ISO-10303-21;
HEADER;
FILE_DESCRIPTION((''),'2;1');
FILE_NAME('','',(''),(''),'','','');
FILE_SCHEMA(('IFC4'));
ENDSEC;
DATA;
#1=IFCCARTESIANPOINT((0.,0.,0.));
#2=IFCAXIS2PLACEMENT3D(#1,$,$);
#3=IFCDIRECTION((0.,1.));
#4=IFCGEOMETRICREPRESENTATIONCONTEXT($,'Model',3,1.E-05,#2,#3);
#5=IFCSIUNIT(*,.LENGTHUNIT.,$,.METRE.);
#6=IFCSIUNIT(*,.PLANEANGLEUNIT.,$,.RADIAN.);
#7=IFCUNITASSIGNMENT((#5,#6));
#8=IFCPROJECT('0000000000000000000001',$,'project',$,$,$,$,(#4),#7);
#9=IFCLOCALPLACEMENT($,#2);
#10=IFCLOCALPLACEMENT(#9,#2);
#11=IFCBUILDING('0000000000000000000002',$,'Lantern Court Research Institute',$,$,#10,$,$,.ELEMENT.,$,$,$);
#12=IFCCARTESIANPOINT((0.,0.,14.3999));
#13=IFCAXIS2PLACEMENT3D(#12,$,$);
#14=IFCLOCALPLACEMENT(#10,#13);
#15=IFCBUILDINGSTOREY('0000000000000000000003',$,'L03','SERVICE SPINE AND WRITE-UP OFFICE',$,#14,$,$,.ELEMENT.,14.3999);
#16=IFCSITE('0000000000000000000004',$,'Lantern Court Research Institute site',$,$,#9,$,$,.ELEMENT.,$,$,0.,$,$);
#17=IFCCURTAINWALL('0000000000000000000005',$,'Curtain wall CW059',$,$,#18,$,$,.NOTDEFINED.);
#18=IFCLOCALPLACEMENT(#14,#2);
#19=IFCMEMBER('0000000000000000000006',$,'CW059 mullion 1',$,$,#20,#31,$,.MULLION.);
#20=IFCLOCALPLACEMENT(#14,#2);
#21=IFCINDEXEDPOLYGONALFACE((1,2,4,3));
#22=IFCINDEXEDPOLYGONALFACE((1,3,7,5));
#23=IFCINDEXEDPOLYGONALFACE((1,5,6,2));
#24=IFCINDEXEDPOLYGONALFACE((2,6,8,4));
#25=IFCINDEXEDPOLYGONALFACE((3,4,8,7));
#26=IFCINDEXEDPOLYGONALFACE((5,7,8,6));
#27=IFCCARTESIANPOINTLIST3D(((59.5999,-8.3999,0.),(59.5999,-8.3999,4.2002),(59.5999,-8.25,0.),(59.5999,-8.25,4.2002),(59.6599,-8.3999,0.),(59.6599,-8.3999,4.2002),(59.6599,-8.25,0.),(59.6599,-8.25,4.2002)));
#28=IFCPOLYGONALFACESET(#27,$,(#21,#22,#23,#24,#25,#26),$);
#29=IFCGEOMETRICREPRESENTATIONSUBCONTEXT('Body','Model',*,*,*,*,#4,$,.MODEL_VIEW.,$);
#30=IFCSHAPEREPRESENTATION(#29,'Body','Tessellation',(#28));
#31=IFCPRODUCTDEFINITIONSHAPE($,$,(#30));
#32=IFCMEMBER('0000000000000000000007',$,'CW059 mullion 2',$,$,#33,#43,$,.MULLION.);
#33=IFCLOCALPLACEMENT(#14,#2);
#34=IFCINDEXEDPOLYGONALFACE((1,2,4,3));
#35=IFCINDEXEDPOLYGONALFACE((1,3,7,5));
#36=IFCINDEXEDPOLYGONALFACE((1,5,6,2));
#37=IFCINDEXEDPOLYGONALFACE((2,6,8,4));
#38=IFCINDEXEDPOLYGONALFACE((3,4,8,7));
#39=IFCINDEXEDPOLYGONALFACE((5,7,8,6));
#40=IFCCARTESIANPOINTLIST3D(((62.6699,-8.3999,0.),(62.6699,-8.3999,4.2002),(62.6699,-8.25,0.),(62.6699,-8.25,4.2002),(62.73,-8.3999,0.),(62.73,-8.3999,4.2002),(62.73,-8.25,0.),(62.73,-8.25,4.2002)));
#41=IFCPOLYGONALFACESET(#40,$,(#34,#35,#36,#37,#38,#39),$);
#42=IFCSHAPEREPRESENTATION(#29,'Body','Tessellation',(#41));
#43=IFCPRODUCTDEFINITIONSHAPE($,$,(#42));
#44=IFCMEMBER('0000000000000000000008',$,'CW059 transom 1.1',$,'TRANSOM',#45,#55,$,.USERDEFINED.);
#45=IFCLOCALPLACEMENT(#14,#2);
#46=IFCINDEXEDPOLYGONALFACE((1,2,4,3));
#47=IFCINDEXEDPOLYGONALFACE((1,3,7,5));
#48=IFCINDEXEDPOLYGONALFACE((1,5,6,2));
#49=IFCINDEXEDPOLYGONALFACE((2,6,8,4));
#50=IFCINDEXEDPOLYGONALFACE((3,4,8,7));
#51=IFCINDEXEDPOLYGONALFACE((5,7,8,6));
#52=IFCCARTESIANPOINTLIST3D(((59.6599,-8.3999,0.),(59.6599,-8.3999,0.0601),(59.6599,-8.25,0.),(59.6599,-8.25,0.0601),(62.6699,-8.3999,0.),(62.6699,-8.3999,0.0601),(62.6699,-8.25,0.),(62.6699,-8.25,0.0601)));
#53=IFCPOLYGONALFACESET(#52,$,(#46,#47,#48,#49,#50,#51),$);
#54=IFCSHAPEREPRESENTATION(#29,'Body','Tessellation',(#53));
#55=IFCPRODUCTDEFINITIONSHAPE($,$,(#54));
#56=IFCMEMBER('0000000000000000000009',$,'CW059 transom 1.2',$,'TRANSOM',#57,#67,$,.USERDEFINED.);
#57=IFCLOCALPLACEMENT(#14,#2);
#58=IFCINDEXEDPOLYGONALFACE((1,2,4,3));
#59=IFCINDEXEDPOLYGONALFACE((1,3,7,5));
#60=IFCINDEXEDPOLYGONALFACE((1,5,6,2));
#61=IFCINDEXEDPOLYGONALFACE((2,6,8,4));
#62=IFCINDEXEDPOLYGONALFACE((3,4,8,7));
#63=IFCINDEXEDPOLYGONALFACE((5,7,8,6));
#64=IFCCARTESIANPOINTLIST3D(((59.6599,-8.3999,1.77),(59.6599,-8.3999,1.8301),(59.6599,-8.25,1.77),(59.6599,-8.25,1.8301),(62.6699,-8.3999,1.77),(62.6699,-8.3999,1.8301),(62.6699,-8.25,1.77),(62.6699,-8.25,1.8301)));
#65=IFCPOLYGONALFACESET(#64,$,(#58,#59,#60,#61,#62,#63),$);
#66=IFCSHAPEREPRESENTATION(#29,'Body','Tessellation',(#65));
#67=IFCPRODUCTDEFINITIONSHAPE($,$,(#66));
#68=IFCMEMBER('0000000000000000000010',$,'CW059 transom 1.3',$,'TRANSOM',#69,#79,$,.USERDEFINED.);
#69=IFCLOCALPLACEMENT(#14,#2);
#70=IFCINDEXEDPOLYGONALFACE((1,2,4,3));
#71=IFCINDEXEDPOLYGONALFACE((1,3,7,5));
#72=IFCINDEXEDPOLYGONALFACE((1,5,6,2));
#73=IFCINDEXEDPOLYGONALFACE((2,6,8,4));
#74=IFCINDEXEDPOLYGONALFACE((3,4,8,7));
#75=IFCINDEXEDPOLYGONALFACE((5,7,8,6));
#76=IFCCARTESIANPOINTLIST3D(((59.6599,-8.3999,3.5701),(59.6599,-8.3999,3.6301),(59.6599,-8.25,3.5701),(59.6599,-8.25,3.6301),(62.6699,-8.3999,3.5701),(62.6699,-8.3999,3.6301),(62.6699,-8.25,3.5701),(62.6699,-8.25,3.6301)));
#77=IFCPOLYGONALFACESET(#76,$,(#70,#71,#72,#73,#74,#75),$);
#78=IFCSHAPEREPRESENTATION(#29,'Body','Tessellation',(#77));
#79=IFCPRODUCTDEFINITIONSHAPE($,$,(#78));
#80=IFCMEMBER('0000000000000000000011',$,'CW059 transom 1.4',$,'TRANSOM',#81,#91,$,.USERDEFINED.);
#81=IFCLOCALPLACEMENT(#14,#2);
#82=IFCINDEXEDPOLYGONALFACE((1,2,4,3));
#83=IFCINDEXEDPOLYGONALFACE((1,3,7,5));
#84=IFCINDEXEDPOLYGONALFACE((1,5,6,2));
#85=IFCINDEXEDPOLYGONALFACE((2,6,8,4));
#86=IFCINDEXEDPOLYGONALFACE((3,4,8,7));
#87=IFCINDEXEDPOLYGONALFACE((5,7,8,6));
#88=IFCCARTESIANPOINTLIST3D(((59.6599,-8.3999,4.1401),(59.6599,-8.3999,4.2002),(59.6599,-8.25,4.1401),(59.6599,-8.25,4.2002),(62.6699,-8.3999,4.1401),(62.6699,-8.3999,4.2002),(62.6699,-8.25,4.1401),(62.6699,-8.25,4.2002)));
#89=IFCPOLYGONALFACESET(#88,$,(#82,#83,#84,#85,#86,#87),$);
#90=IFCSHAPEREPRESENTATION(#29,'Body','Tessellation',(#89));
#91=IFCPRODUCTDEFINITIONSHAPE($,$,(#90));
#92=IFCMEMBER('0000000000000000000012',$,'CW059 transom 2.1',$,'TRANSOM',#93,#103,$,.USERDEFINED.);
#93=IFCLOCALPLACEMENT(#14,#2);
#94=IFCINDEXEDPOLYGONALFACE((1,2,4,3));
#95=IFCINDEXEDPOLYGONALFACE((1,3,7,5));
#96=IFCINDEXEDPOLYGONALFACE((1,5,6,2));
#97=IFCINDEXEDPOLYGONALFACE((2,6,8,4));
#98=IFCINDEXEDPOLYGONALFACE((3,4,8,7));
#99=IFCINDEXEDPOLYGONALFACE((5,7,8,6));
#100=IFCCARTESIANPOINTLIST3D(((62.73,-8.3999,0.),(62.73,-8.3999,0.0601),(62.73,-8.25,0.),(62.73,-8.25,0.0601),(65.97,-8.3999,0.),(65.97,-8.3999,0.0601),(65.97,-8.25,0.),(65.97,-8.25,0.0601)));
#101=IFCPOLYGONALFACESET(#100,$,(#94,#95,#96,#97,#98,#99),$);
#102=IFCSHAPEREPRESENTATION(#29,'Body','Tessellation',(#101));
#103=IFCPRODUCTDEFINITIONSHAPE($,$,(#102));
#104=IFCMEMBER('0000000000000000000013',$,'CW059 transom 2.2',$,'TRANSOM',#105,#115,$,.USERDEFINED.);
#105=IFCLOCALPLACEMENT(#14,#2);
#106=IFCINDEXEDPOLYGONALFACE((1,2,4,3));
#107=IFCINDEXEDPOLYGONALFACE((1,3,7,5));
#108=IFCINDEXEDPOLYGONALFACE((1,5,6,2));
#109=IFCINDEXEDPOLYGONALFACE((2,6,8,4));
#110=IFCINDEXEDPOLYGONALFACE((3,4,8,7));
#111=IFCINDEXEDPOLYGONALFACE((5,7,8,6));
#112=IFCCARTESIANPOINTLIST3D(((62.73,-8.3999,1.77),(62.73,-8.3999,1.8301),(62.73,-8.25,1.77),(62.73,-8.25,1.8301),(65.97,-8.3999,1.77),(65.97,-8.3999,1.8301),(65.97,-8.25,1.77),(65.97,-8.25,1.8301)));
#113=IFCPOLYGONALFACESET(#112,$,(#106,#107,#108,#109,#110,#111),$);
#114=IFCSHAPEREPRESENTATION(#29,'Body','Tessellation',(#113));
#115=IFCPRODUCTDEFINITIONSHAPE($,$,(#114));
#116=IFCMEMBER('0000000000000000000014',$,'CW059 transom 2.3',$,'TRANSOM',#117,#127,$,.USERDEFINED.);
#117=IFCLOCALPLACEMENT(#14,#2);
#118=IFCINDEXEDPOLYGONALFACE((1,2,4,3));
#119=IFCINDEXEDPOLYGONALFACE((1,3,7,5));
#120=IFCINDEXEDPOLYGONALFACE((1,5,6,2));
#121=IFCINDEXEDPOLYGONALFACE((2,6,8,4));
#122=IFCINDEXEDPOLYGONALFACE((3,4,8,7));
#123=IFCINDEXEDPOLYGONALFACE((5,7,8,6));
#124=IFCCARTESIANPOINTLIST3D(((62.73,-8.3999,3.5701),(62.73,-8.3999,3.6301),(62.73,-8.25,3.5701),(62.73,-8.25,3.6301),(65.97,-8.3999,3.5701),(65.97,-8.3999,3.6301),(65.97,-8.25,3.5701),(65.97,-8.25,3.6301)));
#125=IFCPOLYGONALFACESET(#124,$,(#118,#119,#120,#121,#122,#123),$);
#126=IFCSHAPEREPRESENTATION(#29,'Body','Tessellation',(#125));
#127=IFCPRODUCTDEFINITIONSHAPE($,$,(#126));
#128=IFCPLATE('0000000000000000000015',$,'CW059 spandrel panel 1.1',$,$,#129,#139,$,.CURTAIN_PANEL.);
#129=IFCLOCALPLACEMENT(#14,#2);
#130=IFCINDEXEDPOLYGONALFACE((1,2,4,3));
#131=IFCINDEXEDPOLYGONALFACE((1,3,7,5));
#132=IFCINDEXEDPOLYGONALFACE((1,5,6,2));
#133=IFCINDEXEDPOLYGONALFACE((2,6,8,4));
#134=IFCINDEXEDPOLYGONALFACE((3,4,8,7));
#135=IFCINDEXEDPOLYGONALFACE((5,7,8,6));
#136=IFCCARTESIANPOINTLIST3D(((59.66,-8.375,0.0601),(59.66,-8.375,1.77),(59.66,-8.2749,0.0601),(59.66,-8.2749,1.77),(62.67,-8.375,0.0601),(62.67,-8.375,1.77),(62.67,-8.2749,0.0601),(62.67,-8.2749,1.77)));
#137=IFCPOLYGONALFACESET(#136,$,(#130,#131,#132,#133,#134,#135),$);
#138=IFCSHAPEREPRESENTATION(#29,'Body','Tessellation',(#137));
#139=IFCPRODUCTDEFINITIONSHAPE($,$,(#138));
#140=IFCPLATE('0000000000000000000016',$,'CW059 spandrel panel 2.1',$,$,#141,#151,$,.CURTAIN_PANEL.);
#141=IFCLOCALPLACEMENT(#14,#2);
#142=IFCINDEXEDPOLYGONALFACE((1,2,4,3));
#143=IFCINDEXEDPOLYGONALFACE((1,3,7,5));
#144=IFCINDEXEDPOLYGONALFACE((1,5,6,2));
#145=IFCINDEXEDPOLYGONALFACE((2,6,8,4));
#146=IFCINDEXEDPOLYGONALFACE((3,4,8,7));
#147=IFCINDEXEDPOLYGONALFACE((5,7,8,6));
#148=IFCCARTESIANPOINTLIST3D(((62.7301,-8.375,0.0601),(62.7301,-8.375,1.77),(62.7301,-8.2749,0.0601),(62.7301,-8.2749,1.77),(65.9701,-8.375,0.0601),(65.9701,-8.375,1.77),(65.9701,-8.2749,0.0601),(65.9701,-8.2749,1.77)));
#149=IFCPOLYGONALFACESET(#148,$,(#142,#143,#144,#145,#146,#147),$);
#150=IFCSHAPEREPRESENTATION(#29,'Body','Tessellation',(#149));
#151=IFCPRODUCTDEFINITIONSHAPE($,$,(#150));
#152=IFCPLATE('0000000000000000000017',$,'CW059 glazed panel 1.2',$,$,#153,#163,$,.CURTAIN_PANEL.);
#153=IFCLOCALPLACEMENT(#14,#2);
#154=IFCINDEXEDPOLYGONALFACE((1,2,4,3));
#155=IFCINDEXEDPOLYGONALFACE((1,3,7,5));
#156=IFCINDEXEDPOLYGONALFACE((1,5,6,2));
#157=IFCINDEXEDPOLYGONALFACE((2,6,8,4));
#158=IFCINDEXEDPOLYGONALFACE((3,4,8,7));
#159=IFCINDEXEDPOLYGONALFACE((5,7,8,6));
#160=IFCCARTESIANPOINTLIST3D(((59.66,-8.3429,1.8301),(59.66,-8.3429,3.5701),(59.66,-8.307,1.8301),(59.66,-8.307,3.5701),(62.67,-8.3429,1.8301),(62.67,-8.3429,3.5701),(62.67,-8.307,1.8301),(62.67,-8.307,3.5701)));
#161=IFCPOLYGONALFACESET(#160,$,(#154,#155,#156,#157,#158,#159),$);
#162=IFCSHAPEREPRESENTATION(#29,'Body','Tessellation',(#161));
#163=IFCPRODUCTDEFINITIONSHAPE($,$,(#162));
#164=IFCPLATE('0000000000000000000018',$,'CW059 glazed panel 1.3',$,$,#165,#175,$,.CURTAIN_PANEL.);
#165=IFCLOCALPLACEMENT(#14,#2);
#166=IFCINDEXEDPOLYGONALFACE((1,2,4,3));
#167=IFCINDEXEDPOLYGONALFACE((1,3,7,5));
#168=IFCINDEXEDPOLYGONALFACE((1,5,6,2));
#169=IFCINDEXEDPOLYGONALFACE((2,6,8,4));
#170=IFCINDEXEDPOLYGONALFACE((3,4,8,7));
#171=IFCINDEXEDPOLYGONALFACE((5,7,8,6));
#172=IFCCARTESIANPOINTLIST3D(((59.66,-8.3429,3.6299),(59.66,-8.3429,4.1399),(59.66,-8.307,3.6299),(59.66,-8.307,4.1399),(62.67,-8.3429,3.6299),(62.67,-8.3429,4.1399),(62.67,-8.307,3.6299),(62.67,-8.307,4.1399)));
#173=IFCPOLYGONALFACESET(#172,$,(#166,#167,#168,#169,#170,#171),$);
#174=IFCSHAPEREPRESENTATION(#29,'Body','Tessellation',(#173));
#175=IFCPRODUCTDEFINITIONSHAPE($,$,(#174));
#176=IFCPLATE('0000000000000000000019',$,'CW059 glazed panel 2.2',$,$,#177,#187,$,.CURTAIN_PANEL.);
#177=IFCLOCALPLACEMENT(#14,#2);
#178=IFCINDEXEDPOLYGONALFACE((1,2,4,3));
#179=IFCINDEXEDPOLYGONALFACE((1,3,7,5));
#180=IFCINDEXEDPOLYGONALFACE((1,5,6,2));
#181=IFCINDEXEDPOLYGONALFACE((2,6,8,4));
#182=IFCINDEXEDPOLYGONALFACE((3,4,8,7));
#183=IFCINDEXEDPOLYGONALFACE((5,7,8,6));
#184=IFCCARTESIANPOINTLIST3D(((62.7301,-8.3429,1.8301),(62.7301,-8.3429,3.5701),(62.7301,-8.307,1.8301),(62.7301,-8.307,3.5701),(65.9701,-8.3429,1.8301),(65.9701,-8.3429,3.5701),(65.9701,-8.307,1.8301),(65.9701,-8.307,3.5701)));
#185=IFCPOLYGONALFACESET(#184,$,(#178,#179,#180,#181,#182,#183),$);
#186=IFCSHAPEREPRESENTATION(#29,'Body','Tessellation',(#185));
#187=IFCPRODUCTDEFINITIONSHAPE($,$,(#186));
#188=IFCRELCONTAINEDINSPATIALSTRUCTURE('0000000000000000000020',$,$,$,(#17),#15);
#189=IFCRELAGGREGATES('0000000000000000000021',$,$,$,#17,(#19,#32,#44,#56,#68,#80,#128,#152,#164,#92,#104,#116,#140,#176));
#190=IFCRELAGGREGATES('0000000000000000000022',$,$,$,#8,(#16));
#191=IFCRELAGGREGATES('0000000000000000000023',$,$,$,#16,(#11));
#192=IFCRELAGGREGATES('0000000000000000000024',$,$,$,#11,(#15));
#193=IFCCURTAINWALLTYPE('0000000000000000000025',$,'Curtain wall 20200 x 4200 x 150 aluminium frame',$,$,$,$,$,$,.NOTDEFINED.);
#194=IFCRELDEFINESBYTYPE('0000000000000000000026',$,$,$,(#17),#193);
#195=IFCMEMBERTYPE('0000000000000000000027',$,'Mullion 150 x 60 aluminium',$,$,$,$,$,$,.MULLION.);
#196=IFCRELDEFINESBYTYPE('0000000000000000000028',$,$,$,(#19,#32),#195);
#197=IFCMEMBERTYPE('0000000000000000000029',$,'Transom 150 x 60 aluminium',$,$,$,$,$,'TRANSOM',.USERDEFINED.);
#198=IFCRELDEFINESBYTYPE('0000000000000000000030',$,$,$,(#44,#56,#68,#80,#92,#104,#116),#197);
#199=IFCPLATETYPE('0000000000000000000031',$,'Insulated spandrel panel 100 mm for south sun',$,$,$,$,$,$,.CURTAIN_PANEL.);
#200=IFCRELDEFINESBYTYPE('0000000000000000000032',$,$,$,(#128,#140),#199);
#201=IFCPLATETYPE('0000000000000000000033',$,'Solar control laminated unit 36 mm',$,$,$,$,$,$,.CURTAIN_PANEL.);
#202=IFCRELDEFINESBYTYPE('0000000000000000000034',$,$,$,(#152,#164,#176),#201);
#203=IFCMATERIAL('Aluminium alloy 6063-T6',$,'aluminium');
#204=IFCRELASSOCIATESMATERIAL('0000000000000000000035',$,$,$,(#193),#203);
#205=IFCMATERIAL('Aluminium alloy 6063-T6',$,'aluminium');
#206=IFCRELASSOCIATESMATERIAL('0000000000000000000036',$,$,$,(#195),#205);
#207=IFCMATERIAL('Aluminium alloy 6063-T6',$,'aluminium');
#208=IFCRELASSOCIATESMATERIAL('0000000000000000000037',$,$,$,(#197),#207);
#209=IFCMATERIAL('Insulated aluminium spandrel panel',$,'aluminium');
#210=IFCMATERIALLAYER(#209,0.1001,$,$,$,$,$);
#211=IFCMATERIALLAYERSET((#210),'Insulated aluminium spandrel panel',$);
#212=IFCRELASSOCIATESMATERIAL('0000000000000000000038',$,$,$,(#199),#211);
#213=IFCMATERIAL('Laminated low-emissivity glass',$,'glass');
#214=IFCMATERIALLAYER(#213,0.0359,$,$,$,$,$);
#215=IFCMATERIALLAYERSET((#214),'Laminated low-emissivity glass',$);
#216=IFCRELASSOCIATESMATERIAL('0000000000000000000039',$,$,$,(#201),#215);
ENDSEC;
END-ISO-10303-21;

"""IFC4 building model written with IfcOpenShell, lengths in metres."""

from ifc_helpers import new_model, si_unit, direction, frame, origin, origin_2d, place, context, subcontext, project, spatial, rectangle, extrude, material, layer, layer_set, material_profile, profile_set, type_object, element, aggregate, save


model = new_model("IFC4")

# Units and contexts
model_context = context("Model", 3, precision=1e-05, world=origin(), true_north=direction((0.0, 1.0)))
body_context = subcontext(model_context, "Body", "Model", "MODEL_VIEW")
ifc_project = project(units=[si_unit("LENGTHUNIT", "METRE"), si_unit("PLANEANGLEUNIT", "RADIAN")], contexts=[model_context])

# Site, building, storey
site_placement = place(None, origin())
site = spatial("IfcSite", under=ifc_project, at=site_placement, Name="Lantern Court Research Institute site", CompositionType="ELEMENT", RefElevation=0.0)
building_placement = place(site_placement, origin())
building = spatial("IfcBuilding", under=site, at=building_placement, Name="Lantern Court Research Institute", CompositionType="ELEMENT")
storey_placement = place(building_placement, frame((0.0, 0.0, 14.3999)))
storey = spatial("IfcBuildingStorey", under=building, at=storey_placement, Name="L03", Description="SERVICE SPINE AND WRITE-UP OFFICE", CompositionType="ELEMENT", Elevation=14.3999)

# Curtain wall, members, plates
ifc_material_1 = material(Name="Aluminium alloy 6063-T6", Category="aluminium")
curtain_wall_type = type_object("IfcCurtainWallType", Name="Curtain wall 20200 x 4200 x 150 aluminium frame", PredefinedType="NOTDEFINED", material=ifc_material_1)
curtain_wall_placement = place(storey_placement, origin())
curtain_wall = element("IfcCurtainWall", 1, at=curtain_wall_placement, inside=storey, type_object=curtain_wall_type, Name="Curtain wall CW059", PredefinedType="NOTDEFINED")
ifc_material_2 = material(Name="Aluminium alloy 6063-T6", Category="aluminium")
ifc_material_profile_1 = material_profile(ifc_material_2, rectangle(XDim=0.1499, YDim=0.0601, at=origin_2d()), Name="Mullion 150 x 60")
ifc_profile_set_1 = profile_set([ifc_material_profile_1], Name="Aluminium alloy 6063-T6")
member_type_1 = type_object("IfcMemberType", Name="Mullion 150 x 60 aluminium", PredefinedType="MULLION", material=ifc_profile_set_1)
member_1_placement = place(storey_placement, frame((59.6299, -8.325, 0.0), z_axis=(0.0, 0.0, 1.0), x_axis=(0.0, -1.0, 0.0)))
member_1 = element("IfcMember", 2, at=member_1_placement, type_object=member_type_1, Name="CW059 mullion 1", PredefinedType="MULLION", context=body_context, shape_type="SweptSolid", body=[
    extrude(rectangle(XDim=0.1499, YDim=0.0601, at=origin_2d()), origin(), (0.0, 0.0, 1.0), 4.2002),
])
member_2_placement = place(storey_placement, frame((62.7, -8.325, 0.0), z_axis=(0.0, 0.0, 1.0), x_axis=(0.0, -1.0, 0.0)))
member_2 = element("IfcMember", 3, at=member_2_placement, type_object=member_type_1, Name="CW059 mullion 2", PredefinedType="MULLION", context=body_context, shape_type="SweptSolid", body=[
    extrude(rectangle(XDim=0.1499, YDim=0.0601, at=origin_2d()), origin(), (0.0, 0.0, 1.0), 4.2002),
])
ifc_material_3 = material(Name="Aluminium alloy 6063-T6", Category="aluminium")
ifc_material_profile_2 = material_profile(ifc_material_3, rectangle(XDim=0.1499, YDim=0.0601, at=origin_2d()), Name="Transom 150 x 60")
ifc_profile_set_2 = profile_set([ifc_material_profile_2], Name="Aluminium alloy 6063-T6")
member_type_2 = type_object("IfcMemberType", Name="Transom 150 x 60 aluminium", ElementType="TRANSOM", PredefinedType="USERDEFINED", material=ifc_profile_set_2)
member_3_placement = place(storey_placement, frame((62.6699, -8.325, 0.03), z_axis=(-1.0, 0.0, 0.0), x_axis=(0.0, -1.0, 0.0)))
member_3 = element("IfcMember", 4, at=member_3_placement, type_object=member_type_2, Name="CW059 transom 1.1", ObjectType="TRANSOM", PredefinedType="USERDEFINED", context=body_context, shape_type="SweptSolid", body=[
    extrude(rectangle(XDim=0.1499, YDim=0.0601, at=origin_2d()), origin(), (0.0, 0.0, 1.0), 3.01),
])
member_4_placement = place(storey_placement, frame((62.6699, -8.325, 1.8), z_axis=(-1.0, 0.0, 0.0), x_axis=(0.0, -1.0, 0.0)))
member_4 = element("IfcMember", 5, at=member_4_placement, type_object=member_type_2, Name="CW059 transom 1.2", ObjectType="TRANSOM", PredefinedType="USERDEFINED", context=body_context, shape_type="SweptSolid", body=[
    extrude(rectangle(XDim=0.1499, YDim=0.0601, at=origin_2d()), origin(), (0.0, 0.0, 1.0), 3.01),
])
member_5_placement = place(storey_placement, frame((62.6699, -8.325, 3.6001), z_axis=(-1.0, 0.0, 0.0), x_axis=(0.0, -1.0, 0.0)))
member_5 = element("IfcMember", 6, at=member_5_placement, type_object=member_type_2, Name="CW059 transom 1.3", ObjectType="TRANSOM", PredefinedType="USERDEFINED", context=body_context, shape_type="SweptSolid", body=[
    extrude(rectangle(XDim=0.1499, YDim=0.0601, at=origin_2d()), origin(), (0.0, 0.0, 1.0), 3.01),
])
member_6_placement = place(storey_placement, frame((62.6699, -8.325, 4.1702), z_axis=(-1.0, 0.0, 0.0), x_axis=(0.0, -1.0, 0.0)))
member_6 = element("IfcMember", 7, at=member_6_placement, type_object=member_type_2, Name="CW059 transom 1.4", ObjectType="TRANSOM", PredefinedType="USERDEFINED", context=body_context, shape_type="SweptSolid", body=[
    extrude(rectangle(XDim=0.1499, YDim=0.0601, at=origin_2d()), origin(), (0.0, 0.0, 1.0), 3.01),
])
member_7_placement = place(storey_placement, frame((65.97, -8.325, 0.03), z_axis=(-1.0, 0.0, 0.0), x_axis=(0.0, -1.0, 0.0)))
member_7 = element("IfcMember", 8, at=member_7_placement, type_object=member_type_2, Name="CW059 transom 2.1", ObjectType="TRANSOM", PredefinedType="USERDEFINED", context=body_context, shape_type="SweptSolid", body=[
    extrude(rectangle(XDim=0.1499, YDim=0.0601, at=origin_2d()), origin(), (0.0, 0.0, 1.0), 3.24),
])
member_8_placement = place(storey_placement, frame((65.97, -8.325, 1.8), z_axis=(-1.0, 0.0, 0.0), x_axis=(0.0, -1.0, 0.0)))
member_8 = element("IfcMember", 9, at=member_8_placement, type_object=member_type_2, Name="CW059 transom 2.2", ObjectType="TRANSOM", PredefinedType="USERDEFINED", context=body_context, shape_type="SweptSolid", body=[
    extrude(rectangle(XDim=0.1499, YDim=0.0601, at=origin_2d()), origin(), (0.0, 0.0, 1.0), 3.24),
])
member_9_placement = place(storey_placement, frame((65.97, -8.325, 3.6001), z_axis=(-1.0, 0.0, 0.0), x_axis=(0.0, -1.0, 0.0)))
member_9 = element("IfcMember", 10, at=member_9_placement, type_object=member_type_2, Name="CW059 transom 2.3", ObjectType="TRANSOM", PredefinedType="USERDEFINED", context=body_context, shape_type="SweptSolid", body=[
    extrude(rectangle(XDim=0.1499, YDim=0.0601, at=origin_2d()), origin(), (0.0, 0.0, 1.0), 3.24),
])
ifc_material_4 = material(Name="Insulated aluminium spandrel panel", Category="aluminium")
ifc_layer_1 = layer(ifc_material_4, 0.1001)
ifc_layer_set_1 = layer_set([ifc_layer_1], Name="Insulated aluminium spandrel panel")
plate_type_1 = type_object("IfcPlateType", Name="Insulated spandrel panel 100 mm for south sun", PredefinedType="CURTAIN_PANEL", material=ifc_layer_set_1)
plate_1_placement = place(storey_placement, frame((61.165, -8.325, 0.0601), z_axis=(0.0, 0.0, 1.0), x_axis=(-1.0, 0.0, 0.0)))
plate_1 = element("IfcPlate", 11, at=plate_1_placement, type_object=plate_type_1, Name="CW059 spandrel panel 1.1", PredefinedType="CURTAIN_PANEL", context=body_context, shape_type="SweptSolid", body=[
    extrude(rectangle(XDim=3.01, YDim=0.1001, at=origin_2d()), origin(), (0.0, 0.0, 1.0), 1.71),
])
plate_2_placement = place(storey_placement, frame((64.3501, -8.325, 0.0601), z_axis=(0.0, 0.0, 1.0), x_axis=(-1.0, 0.0, 0.0)))
plate_2 = element("IfcPlate", 12, at=plate_2_placement, type_object=plate_type_1, Name="CW059 spandrel panel 2.1", PredefinedType="CURTAIN_PANEL", context=body_context, shape_type="SweptSolid", body=[
    extrude(rectangle(XDim=3.24, YDim=0.1001, at=origin_2d()), origin(), (0.0, 0.0, 1.0), 1.71),
])
ifc_material_5 = material(Name="Laminated low-emissivity glass", Category="glass")
ifc_layer_2 = layer(ifc_material_5, 0.0359)
ifc_layer_set_2 = layer_set([ifc_layer_2], Name="Laminated low-emissivity glass")
plate_type_2 = type_object("IfcPlateType", Name="Solar control laminated unit 36 mm", PredefinedType="CURTAIN_PANEL", material=ifc_layer_set_2)
plate_3_placement = place(storey_placement, frame((61.165, -8.325, 1.8301), z_axis=(0.0, 0.0, 1.0), x_axis=(-1.0, 0.0, 0.0)))
plate_3 = element("IfcPlate", 13, at=plate_3_placement, type_object=plate_type_2, Name="CW059 glazed panel 1.2", PredefinedType="CURTAIN_PANEL", context=body_context, shape_type="SweptSolid", body=[
    extrude(rectangle(XDim=3.01, YDim=0.0359, at=origin_2d()), origin(), (0.0, 0.0, 1.0), 1.74),
])
plate_4_placement = place(storey_placement, frame((61.165, -8.325, 3.6299), z_axis=(0.0, 0.0, 1.0), x_axis=(-1.0, 0.0, 0.0)))
plate_4 = element("IfcPlate", 14, at=plate_4_placement, type_object=plate_type_2, Name="CW059 glazed panel 1.3", PredefinedType="CURTAIN_PANEL", context=body_context, shape_type="SweptSolid", body=[
    extrude(rectangle(XDim=3.01, YDim=0.0359, at=origin_2d()), origin(), (0.0, 0.0, 1.0), 0.51),
])
plate_5_placement = place(storey_placement, frame((64.3501, -8.325, 1.8301), z_axis=(0.0, 0.0, 1.0), x_axis=(-1.0, 0.0, 0.0)))
plate_5 = element("IfcPlate", 15, at=plate_5_placement, type_object=plate_type_2, Name="CW059 glazed panel 2.2", PredefinedType="CURTAIN_PANEL", context=body_context, shape_type="SweptSolid", body=[
    extrude(rectangle(XDim=3.24, YDim=0.0359, at=origin_2d()), origin(), (0.0, 0.0, 1.0), 1.74),
])
aggregate(curtain_wall, [member_1, member_2, member_3, member_4, member_5, member_6, plate_1, plate_3, plate_4, member_7, member_8, member_9, plate_2, plate_5])

save(model, "model.ifc")
